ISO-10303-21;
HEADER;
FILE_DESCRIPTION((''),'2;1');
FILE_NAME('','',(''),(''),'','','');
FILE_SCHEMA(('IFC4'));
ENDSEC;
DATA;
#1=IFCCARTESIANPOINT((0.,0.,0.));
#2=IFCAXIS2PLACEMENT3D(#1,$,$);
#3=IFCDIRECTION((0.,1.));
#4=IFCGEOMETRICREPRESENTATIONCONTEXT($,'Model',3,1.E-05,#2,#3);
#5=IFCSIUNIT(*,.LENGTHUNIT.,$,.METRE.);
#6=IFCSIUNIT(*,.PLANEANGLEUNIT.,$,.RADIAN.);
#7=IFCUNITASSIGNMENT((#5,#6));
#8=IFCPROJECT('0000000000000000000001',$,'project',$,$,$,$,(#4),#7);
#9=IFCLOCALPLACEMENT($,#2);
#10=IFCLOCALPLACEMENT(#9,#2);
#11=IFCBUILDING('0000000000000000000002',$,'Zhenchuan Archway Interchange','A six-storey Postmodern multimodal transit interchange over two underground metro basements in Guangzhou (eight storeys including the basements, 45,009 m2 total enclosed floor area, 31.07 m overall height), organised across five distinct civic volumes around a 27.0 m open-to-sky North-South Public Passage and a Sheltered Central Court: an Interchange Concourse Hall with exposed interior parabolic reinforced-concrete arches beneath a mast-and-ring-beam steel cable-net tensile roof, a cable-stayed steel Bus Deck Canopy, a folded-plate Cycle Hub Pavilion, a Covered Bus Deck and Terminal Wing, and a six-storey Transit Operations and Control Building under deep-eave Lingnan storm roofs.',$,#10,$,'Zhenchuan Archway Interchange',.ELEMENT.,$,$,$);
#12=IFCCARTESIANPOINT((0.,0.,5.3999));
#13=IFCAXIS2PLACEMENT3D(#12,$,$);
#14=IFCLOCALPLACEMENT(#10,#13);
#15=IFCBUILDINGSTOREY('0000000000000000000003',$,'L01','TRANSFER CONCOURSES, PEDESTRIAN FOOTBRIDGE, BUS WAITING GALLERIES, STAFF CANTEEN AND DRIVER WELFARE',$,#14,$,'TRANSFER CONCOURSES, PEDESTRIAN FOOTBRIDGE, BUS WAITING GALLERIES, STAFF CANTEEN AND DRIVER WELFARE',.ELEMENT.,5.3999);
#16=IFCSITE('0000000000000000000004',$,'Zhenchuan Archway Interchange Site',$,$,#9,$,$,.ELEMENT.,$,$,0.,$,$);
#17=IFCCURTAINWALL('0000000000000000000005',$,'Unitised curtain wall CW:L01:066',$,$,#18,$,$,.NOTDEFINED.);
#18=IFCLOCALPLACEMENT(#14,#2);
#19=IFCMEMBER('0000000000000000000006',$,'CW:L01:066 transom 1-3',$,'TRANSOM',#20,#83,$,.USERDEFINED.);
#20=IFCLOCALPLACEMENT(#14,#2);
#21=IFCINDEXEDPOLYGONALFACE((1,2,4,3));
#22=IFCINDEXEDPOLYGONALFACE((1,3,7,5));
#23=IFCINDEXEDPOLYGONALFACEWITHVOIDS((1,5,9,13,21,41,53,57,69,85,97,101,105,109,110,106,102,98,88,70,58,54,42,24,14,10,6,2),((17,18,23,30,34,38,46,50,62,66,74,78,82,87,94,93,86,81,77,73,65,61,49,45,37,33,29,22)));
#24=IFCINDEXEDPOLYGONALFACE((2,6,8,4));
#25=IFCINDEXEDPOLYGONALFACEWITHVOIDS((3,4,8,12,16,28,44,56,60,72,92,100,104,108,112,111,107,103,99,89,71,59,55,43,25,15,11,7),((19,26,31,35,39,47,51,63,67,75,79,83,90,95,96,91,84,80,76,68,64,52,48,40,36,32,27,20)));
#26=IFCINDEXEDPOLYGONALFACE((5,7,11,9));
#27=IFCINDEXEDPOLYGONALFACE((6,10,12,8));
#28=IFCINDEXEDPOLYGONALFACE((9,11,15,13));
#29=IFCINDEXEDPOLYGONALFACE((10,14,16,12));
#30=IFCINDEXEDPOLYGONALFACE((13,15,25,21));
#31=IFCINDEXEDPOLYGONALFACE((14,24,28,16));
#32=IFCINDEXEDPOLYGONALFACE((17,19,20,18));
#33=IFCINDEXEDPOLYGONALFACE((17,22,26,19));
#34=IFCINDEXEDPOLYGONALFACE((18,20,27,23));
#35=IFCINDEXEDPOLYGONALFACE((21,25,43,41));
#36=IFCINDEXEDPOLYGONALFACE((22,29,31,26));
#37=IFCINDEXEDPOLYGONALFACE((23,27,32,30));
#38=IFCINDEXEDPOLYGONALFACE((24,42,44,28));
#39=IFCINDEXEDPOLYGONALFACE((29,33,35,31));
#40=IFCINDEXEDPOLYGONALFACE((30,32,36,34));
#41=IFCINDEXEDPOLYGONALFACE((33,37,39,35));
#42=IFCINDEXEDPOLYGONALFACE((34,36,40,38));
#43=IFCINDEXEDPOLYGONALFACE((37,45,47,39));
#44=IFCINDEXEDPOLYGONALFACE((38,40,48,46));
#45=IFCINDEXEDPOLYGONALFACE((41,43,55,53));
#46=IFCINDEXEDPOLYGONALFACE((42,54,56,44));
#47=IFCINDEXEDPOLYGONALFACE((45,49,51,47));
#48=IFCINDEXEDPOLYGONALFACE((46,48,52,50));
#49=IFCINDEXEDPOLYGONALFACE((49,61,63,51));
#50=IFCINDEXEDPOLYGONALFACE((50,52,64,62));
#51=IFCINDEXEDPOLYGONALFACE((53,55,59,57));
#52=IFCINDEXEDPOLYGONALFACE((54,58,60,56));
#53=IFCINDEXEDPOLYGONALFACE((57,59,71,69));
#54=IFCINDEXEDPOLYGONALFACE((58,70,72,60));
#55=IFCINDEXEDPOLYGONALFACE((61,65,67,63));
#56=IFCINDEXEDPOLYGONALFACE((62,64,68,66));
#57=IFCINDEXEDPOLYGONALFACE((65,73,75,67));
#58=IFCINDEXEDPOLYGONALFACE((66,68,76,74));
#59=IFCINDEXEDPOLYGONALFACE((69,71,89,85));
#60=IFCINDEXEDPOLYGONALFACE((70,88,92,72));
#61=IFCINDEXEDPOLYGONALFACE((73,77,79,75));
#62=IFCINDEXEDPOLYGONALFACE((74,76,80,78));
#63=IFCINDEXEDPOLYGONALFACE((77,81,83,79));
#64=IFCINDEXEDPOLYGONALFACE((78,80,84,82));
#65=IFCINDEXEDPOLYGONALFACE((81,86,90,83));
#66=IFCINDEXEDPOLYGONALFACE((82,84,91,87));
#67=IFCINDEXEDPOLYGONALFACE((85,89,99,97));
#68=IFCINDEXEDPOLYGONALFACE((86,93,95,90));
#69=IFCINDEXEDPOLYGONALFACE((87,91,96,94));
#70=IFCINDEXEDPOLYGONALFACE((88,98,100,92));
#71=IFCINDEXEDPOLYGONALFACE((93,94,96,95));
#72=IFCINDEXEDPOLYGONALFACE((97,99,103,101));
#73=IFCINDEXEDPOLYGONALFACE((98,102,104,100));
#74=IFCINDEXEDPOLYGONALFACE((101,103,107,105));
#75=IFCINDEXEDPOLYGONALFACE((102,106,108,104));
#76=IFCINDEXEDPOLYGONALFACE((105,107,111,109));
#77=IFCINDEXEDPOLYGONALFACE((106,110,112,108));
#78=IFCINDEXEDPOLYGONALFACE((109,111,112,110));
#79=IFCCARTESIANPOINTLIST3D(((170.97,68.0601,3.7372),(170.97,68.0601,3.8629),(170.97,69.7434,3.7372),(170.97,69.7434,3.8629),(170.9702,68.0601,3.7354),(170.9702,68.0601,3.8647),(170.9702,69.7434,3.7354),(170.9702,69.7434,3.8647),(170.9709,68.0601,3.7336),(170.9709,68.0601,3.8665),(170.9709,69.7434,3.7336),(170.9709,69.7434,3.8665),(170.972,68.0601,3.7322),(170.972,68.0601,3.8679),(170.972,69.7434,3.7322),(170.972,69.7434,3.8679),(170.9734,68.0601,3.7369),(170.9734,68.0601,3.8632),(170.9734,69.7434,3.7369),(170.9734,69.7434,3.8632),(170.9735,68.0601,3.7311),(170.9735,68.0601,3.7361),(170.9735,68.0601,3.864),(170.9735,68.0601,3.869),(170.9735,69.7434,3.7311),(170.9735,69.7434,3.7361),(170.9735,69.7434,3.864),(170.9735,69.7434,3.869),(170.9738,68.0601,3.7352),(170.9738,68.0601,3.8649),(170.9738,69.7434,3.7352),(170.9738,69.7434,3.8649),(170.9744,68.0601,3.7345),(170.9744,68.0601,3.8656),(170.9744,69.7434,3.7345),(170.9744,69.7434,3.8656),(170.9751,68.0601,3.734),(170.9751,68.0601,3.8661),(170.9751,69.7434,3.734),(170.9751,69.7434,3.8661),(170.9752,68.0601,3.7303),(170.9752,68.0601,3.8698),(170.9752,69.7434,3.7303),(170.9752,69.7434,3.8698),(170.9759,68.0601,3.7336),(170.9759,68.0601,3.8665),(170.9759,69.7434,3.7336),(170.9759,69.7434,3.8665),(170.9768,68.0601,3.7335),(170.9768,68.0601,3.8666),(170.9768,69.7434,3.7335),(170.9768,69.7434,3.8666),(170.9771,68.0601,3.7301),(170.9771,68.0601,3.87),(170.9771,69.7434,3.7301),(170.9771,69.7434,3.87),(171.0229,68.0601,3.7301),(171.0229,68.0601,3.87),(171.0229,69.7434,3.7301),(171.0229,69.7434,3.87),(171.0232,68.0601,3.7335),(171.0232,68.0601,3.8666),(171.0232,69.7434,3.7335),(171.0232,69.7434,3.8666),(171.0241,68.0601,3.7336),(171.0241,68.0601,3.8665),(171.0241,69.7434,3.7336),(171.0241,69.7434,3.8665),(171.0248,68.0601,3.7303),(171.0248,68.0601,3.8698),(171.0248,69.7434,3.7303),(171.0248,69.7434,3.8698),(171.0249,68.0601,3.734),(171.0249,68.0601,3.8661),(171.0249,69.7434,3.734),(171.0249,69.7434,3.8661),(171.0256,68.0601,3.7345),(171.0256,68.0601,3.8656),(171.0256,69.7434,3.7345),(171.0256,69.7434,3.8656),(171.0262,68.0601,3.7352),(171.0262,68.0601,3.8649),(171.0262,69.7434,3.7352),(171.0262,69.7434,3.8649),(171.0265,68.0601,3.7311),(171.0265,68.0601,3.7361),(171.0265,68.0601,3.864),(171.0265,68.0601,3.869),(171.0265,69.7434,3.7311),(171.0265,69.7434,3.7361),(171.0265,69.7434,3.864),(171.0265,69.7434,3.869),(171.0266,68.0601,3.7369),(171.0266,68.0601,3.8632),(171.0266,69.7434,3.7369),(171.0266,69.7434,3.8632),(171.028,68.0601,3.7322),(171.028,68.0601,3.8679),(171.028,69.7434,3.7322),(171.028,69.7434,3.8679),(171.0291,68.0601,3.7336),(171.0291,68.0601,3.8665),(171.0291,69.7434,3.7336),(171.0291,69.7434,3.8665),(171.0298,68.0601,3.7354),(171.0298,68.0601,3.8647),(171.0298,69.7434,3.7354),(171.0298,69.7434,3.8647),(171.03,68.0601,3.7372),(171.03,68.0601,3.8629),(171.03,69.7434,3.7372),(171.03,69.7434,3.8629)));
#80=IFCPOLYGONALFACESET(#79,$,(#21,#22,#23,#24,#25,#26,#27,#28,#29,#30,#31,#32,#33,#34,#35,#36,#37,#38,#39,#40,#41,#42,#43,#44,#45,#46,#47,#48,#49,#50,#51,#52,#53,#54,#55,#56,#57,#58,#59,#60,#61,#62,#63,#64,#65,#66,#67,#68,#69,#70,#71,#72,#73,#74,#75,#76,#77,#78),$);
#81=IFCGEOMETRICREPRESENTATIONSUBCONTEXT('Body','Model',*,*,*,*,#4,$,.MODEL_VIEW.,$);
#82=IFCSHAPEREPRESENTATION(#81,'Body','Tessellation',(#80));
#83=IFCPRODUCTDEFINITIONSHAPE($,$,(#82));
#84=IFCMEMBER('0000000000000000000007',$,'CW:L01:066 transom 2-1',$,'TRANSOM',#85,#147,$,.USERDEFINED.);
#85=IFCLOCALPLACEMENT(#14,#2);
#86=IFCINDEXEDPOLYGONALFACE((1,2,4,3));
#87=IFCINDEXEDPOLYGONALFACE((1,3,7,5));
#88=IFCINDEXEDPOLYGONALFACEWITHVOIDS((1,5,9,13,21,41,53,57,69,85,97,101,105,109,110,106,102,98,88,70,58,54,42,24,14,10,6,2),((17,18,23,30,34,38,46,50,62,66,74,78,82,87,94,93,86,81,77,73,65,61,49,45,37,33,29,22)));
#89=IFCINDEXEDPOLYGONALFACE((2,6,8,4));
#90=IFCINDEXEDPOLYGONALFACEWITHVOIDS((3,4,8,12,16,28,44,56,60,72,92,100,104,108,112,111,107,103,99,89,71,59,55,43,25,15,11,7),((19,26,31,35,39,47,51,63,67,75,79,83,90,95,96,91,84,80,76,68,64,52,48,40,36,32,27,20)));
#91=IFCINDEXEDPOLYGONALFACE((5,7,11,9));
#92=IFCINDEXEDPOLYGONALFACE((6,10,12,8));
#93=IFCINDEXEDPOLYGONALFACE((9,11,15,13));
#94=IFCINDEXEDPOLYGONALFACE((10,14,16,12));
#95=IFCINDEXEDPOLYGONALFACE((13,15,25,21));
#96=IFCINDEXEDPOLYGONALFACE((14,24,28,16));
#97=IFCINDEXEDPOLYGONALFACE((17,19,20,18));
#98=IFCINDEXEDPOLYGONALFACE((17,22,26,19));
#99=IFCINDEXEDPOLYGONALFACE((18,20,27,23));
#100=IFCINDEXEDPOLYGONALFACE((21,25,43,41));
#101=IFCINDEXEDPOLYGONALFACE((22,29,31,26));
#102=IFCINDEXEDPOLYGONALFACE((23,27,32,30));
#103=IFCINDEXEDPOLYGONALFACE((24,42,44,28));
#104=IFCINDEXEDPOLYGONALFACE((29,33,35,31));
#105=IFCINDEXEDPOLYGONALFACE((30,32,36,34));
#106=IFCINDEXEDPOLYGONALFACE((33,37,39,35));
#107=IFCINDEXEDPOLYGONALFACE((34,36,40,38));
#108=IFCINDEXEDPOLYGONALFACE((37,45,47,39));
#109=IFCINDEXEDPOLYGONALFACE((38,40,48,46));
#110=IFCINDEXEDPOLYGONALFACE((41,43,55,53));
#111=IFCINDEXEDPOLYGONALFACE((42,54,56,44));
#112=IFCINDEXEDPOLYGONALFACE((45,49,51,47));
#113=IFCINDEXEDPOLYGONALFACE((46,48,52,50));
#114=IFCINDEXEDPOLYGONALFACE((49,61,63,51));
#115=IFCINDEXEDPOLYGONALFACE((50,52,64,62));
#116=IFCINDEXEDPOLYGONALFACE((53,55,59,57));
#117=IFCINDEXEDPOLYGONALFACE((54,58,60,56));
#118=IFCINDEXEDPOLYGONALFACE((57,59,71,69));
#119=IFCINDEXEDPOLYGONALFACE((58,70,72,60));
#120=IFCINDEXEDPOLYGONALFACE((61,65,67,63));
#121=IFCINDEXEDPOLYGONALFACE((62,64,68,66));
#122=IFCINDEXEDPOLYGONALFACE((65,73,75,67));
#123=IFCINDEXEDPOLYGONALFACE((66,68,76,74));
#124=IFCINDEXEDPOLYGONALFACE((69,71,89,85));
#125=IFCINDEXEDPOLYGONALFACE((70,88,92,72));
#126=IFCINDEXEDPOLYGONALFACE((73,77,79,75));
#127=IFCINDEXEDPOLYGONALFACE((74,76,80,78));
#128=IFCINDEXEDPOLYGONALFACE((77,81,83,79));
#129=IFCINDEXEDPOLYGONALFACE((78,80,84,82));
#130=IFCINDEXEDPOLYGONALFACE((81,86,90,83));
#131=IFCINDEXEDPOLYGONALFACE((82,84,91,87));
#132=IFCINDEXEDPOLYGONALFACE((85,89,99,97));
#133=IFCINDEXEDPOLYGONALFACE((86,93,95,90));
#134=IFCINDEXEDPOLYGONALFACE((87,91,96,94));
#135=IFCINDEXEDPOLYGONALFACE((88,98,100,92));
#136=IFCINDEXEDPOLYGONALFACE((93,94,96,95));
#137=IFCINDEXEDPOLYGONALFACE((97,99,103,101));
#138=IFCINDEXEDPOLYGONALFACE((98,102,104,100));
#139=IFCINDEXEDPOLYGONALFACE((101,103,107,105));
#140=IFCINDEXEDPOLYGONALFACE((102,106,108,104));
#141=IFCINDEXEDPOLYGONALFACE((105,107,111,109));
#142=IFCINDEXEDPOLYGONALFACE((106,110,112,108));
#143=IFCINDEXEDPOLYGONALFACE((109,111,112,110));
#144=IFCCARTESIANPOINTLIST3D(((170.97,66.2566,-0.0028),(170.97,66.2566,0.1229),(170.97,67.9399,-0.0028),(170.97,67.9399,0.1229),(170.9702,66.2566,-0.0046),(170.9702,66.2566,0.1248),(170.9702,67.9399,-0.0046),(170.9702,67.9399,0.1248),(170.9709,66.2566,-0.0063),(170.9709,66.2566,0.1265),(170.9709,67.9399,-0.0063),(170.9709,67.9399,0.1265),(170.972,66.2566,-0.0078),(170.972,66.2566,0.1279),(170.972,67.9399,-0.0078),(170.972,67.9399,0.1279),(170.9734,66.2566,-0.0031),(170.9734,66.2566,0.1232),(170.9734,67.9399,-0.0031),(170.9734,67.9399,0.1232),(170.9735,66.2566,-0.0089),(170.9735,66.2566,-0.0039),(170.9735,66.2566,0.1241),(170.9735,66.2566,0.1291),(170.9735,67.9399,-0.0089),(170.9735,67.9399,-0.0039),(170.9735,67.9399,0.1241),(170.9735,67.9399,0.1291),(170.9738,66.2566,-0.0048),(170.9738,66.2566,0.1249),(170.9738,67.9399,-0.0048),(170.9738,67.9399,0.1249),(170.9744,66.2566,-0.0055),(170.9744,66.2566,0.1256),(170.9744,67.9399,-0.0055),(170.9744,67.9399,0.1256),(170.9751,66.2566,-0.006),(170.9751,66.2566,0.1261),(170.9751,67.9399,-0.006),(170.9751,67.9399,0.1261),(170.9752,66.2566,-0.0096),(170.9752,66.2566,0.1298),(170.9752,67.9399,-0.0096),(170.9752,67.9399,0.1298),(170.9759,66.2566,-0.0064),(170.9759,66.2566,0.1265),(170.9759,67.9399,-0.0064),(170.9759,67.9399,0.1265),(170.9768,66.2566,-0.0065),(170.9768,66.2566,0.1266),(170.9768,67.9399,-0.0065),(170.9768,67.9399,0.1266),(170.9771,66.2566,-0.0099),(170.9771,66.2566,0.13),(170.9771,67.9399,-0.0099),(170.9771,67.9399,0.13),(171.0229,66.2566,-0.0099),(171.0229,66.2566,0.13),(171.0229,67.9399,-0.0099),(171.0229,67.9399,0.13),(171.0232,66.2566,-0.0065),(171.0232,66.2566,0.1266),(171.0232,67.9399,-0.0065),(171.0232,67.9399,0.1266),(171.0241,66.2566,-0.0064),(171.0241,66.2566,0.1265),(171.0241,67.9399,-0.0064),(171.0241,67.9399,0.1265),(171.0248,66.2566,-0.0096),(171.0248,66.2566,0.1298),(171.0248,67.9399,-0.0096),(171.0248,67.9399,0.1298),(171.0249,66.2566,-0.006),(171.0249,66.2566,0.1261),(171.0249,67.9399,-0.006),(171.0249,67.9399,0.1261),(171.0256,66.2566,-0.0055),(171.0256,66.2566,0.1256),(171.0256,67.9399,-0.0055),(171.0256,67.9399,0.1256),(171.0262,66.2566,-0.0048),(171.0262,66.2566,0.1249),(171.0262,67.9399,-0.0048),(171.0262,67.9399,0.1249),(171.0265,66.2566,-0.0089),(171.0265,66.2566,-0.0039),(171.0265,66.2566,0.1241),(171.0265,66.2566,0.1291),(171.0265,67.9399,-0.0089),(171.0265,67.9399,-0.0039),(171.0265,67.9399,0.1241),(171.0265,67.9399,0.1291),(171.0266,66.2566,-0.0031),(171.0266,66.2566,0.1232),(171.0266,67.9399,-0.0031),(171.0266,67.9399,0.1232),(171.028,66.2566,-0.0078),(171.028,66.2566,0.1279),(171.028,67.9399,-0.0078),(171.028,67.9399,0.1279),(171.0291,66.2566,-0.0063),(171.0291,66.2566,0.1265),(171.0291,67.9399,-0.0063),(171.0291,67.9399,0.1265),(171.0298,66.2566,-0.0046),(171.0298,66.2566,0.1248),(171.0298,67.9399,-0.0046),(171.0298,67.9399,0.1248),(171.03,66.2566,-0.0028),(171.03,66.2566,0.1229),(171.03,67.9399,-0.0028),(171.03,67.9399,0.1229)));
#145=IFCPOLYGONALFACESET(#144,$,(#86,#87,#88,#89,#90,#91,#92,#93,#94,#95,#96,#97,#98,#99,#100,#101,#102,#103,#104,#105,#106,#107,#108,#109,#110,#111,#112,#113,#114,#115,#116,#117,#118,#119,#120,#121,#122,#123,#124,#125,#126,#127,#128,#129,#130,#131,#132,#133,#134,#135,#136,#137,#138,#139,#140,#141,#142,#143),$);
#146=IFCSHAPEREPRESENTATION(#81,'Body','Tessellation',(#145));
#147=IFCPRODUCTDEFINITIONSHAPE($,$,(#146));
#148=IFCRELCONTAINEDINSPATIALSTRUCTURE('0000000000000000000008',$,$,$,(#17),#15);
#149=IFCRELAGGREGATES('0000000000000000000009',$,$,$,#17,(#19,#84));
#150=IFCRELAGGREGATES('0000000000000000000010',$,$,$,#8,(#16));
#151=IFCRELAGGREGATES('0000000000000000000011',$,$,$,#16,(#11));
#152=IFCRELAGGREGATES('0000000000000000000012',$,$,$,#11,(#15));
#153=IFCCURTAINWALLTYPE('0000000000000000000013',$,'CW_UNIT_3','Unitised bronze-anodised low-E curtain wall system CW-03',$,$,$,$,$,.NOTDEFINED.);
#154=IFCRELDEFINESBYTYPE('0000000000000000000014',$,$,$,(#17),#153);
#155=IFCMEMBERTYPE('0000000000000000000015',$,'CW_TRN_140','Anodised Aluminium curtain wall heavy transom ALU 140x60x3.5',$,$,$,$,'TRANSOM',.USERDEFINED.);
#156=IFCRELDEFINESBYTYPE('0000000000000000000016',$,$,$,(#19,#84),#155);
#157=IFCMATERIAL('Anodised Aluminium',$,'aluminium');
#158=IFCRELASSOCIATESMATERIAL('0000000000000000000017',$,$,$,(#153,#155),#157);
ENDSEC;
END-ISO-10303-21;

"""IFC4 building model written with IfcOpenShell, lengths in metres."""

from ifc_helpers import new_model, si_unit, direction, frame, origin, origin_2d, place, context, subcontext, project, spatial, hollow_rectangle, extrude, material, material_profile, profile_set, type_object, element, aggregate, save


model = new_model("IFC4")

# Units and contexts
model_context = context("Model", 3, precision=1e-05, world=origin(), true_north=direction((0.0, 1.0)))
body_context = subcontext(model_context, "Body", "Model", "MODEL_VIEW")
ifc_project = project(units=[si_unit("LENGTHUNIT", "METRE"), si_unit("PLANEANGLEUNIT", "RADIAN")], contexts=[model_context])

# Site, building, storey
site_placement = place(None, origin())
site = spatial("IfcSite", under=ifc_project, at=site_placement, Name="Zhenchuan Archway Interchange Site", CompositionType="ELEMENT", RefElevation=0.0)
building_placement = place(site_placement, origin())
building = spatial("IfcBuilding", under=site, at=building_placement, Name="Zhenchuan Archway Interchange", Description="A six-storey Postmodern multimodal transit interchange over two underground metro basements in Guangzhou (eight storeys including the basements, 45,009 m2 total enclosed floor area, 31.07 m overall height), organised across five distinct civic volumes around a 27.0 m open-to-sky North-South Public Passage and a Sheltered Central Court: an Interchange Concourse Hall with exposed interior parabolic reinforced-concrete arches beneath a mast-and-ring-beam steel cable-net tensile roof, a cable-stayed steel Bus Deck Canopy, a folded-plate Cycle Hub Pavilion, a Covered Bus Deck and Terminal Wing, and a six-storey Transit Operations and Control Building under deep-eave Lingnan storm roofs.", LongName="Zhenchuan Archway Interchange", CompositionType="ELEMENT")
storey_placement = place(building_placement, frame((0.0, 0.0, 5.3999)))
storey = spatial("IfcBuildingStorey", under=building, at=storey_placement, Name="L01", Description="TRANSFER CONCOURSES, PEDESTRIAN FOOTBRIDGE, BUS WAITING GALLERIES, STAFF CANTEEN AND DRIVER WELFARE", LongName="TRANSFER CONCOURSES, PEDESTRIAN FOOTBRIDGE, BUS WAITING GALLERIES, STAFF CANTEEN AND DRIVER WELFARE", CompositionType="ELEMENT", Elevation=5.3999)

# Curtain wall, members
ifc_material_1 = material(Name="Anodised Aluminium", Category="aluminium")
curtain_wall_type = type_object("IfcCurtainWallType", Name="CW_UNIT_3", Description="Unitised bronze-anodised low-E curtain wall system CW-03", PredefinedType="NOTDEFINED", material=ifc_material_1)
curtain_wall_placement = place(storey_placement, origin())
curtain_wall = element("IfcCurtainWall", 1, at=curtain_wall_placement, inside=storey, type_object=curtain_wall_type, Name="Unitised curtain wall CW:L01:066", PredefinedType="NOTDEFINED")
ifc_material_profile_1 = material_profile(ifc_material_1, hollow_rectangle(XDim=0.0601, YDim=0.1399, WallThickness=0.0034, InnerFilletRadius=0.0034, OuterFilletRadius=0.0071, at=origin_2d()), Name="ALU 140x60x3.5")
ifc_profile_set_1 = profile_set([ifc_material_profile_1], Name="Anodised Aluminium")
member_type_1 = type_object("IfcMemberType", Name="CW_TRN_140", Description="Anodised Aluminium curtain wall heavy transom ALU 140x60x3.5", ElementType="TRANSOM", PredefinedType="USERDEFINED", material=ifc_profile_set_1)
member_1_placement = place(storey_placement, frame((171.0, 69.7434, 3.8), z_axis=(0.0, -1.0, 0.0), x_axis=(1.0, 0.0, 0.0)))
member_1 = element("IfcMember", 2, at=member_1_placement, type_object=member_type_1, Name="CW:L01:066 transom 1-3", ObjectType="TRANSOM", PredefinedType="USERDEFINED", context=body_context, shape_type="SweptSolid", body=[
    extrude(hollow_rectangle(XDim=0.0601, YDim=0.1399, WallThickness=0.0034, InnerFilletRadius=0.0034, OuterFilletRadius=0.0071, at=origin_2d()), origin(), (0.0, 0.0, 1.0), 1.6833),
])
member_2_placement = place(storey_placement, frame((171.0, 67.9399, 0.0601), z_axis=(0.0, -1.0, 0.0), x_axis=(1.0, 0.0, 0.0)))
member_2 = element("IfcMember", 3, at=member_2_placement, type_object=member_type_1, Name="CW:L01:066 transom 2-1", ObjectType="TRANSOM", PredefinedType="USERDEFINED", context=body_context, shape_type="SweptSolid", body=[
    extrude(hollow_rectangle(XDim=0.0601, YDim=0.1399, WallThickness=0.0034, InnerFilletRadius=0.0034, OuterFilletRadius=0.0071, at=origin_2d()), origin(), (0.0, 0.0, 1.0), 1.6833),
])

aggregate(curtain_wall, [member_1, member_2])

save(model, "model.ifc")
